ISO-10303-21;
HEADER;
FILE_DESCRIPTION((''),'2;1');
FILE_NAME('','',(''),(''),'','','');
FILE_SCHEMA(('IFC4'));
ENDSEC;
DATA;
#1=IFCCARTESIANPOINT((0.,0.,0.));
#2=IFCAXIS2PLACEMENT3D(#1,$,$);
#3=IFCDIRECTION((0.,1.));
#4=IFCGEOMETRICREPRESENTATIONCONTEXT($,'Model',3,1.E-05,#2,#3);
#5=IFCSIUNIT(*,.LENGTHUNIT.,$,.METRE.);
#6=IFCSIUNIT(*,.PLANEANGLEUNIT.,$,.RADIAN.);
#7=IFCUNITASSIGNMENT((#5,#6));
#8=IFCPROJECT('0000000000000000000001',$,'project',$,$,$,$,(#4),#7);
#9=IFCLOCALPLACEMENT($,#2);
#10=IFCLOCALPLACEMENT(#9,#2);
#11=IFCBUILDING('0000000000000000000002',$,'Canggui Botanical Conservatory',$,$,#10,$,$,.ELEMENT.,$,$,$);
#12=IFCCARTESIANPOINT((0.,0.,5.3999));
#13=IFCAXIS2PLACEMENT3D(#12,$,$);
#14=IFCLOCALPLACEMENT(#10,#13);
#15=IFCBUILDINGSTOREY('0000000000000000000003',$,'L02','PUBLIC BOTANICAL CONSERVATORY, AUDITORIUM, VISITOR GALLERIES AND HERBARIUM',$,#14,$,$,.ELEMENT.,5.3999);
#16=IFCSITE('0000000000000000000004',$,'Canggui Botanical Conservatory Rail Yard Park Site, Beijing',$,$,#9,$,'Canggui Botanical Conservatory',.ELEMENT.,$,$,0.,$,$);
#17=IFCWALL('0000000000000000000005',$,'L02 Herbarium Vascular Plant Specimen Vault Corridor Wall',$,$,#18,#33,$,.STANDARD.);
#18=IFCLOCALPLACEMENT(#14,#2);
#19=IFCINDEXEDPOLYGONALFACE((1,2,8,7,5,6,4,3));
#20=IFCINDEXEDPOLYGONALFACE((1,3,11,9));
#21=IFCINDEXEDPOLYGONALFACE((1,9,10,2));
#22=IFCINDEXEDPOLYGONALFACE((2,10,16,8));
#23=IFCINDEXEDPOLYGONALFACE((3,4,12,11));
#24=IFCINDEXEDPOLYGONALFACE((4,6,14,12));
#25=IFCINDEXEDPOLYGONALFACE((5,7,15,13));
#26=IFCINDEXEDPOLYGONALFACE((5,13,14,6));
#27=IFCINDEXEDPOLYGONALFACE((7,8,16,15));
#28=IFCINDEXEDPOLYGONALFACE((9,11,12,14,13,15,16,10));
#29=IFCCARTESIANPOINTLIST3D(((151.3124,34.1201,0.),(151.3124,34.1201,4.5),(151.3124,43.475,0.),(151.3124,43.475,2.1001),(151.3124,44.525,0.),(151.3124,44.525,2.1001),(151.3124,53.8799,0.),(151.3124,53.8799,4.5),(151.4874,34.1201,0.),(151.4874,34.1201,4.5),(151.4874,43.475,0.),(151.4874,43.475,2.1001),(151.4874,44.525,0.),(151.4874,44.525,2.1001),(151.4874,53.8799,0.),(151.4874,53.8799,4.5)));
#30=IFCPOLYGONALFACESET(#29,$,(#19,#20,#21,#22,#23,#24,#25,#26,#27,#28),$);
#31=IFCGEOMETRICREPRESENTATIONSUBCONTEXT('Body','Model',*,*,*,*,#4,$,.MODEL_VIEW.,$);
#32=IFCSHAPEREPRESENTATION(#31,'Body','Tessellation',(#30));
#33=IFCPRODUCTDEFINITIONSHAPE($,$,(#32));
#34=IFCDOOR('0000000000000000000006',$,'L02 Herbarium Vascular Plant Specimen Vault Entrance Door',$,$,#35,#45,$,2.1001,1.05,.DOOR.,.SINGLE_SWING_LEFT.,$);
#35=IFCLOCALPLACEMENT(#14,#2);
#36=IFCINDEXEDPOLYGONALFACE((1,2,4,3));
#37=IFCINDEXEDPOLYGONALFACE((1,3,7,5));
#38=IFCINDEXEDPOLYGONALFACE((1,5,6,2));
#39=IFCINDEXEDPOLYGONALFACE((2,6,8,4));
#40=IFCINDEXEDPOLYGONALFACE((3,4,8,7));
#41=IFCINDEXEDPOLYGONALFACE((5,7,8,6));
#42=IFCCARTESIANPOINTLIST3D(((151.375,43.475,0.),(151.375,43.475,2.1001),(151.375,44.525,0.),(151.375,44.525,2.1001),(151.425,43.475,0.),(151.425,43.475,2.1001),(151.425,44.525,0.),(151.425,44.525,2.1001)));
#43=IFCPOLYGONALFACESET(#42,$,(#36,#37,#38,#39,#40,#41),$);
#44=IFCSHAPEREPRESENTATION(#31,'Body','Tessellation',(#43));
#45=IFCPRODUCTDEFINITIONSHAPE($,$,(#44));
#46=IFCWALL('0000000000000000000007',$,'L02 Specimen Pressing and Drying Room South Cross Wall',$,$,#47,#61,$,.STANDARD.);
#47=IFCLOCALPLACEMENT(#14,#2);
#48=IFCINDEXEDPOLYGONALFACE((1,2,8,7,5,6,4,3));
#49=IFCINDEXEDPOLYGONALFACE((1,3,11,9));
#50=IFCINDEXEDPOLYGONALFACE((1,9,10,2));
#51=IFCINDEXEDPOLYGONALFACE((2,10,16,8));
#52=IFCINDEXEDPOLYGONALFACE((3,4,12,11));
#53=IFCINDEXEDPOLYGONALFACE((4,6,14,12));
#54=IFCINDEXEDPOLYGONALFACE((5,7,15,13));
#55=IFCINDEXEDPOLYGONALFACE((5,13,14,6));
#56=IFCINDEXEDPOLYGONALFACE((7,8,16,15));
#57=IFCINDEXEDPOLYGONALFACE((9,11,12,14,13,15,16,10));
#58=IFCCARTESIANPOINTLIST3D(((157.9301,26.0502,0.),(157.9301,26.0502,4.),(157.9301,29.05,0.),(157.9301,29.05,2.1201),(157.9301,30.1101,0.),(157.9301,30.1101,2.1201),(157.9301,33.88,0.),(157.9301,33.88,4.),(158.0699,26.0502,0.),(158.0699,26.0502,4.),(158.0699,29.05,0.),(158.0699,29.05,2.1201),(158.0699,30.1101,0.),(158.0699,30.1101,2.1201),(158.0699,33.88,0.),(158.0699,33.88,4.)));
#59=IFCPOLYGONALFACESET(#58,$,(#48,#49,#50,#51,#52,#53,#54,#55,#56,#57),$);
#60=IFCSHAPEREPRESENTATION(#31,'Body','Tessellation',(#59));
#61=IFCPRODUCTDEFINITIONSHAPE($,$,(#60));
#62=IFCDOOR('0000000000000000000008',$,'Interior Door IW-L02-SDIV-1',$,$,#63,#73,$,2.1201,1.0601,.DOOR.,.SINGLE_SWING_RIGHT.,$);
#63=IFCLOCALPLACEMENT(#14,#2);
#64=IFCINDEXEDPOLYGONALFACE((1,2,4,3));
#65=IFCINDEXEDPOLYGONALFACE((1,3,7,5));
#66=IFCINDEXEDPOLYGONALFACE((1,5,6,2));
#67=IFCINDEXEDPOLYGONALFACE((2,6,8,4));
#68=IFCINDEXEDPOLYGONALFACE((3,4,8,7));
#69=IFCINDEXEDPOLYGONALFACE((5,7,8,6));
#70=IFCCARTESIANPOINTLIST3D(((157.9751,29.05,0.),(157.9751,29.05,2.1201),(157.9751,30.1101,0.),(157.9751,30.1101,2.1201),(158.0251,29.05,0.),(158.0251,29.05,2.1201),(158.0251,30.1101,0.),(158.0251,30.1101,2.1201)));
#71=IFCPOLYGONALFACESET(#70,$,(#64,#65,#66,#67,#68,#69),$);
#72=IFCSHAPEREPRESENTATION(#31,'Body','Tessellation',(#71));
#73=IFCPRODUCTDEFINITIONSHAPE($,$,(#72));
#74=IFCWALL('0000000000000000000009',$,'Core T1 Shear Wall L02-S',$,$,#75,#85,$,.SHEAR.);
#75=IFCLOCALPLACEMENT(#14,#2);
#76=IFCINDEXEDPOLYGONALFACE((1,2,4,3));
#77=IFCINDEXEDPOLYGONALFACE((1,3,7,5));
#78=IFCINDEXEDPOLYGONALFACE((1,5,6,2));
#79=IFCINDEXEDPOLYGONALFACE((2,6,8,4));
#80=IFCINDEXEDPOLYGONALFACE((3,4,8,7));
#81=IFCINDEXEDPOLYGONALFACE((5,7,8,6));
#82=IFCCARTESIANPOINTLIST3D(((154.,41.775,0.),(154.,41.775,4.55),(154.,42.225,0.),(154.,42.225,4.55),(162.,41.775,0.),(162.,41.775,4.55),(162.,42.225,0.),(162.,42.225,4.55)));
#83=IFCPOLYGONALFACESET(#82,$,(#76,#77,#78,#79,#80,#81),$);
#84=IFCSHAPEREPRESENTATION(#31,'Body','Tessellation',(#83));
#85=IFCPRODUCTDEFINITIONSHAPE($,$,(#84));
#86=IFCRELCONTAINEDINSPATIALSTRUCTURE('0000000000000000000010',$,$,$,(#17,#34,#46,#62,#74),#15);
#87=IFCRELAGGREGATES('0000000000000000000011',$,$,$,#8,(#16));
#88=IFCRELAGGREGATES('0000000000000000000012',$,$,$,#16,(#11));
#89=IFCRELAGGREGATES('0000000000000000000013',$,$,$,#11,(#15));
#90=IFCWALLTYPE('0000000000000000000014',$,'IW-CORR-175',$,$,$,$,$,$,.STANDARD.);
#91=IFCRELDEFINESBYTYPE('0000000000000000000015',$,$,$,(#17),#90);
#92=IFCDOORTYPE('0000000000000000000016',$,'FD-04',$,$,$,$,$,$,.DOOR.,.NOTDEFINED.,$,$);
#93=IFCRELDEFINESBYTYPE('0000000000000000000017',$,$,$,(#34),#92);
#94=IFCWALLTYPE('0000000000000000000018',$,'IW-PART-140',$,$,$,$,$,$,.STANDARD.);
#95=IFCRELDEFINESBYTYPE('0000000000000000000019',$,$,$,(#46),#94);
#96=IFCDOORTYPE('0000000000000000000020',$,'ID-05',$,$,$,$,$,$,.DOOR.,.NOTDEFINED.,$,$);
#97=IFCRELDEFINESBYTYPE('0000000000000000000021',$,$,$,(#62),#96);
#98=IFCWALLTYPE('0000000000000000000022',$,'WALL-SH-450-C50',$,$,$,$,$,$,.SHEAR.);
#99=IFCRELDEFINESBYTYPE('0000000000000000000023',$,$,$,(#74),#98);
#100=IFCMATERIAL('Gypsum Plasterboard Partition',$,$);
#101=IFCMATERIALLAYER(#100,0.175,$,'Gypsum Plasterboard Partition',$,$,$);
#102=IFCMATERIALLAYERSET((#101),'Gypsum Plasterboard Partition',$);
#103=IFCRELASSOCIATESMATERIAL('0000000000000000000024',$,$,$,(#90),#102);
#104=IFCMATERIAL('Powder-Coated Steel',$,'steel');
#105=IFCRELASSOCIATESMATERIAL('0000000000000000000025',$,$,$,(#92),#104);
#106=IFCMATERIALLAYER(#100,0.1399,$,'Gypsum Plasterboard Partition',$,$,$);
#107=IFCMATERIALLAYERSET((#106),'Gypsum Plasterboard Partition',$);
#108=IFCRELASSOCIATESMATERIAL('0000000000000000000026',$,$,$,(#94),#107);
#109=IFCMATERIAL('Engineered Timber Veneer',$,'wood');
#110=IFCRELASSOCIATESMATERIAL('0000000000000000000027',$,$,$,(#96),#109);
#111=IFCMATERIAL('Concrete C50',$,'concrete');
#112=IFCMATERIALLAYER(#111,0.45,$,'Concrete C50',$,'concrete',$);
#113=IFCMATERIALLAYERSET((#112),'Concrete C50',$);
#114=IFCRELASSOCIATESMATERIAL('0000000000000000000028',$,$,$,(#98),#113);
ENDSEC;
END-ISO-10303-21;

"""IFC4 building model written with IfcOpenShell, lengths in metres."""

from ifc_helpers import new_model, si_unit, direction, frame, frame_2d, origin, place, context, subcontext, project, spatial, rectangle, extrude, material, layer, layer_set, type_object, element, fill, save


model = new_model("IFC4")

# Units and contexts
model_context = context("Model", 3, precision=1e-05, world=origin(), true_north=direction((0.0, 1.0)))
body_context = subcontext(model_context, "Body", "Model", "MODEL_VIEW")
ifc_project = project(units=[si_unit("LENGTHUNIT", "METRE"), si_unit("PLANEANGLEUNIT", "RADIAN")], contexts=[model_context])

# Site, building, storey
site_placement = place(None, origin())
site = spatial("IfcSite", under=ifc_project, at=site_placement, Name="Canggui Botanical Conservatory Rail Yard Park Site, Beijing", LongName="Canggui Botanical Conservatory", CompositionType="ELEMENT", RefElevation=0.0)
building_placement = place(site_placement, origin())
building = spatial("IfcBuilding", under=site, at=building_placement, Name="Canggui Botanical Conservatory", CompositionType="ELEMENT")
storey_placement = place(building_placement, frame((0.0, 0.0, 5.3999)))
storey = spatial("IfcBuildingStorey", under=building, at=storey_placement, Name="L02", Description="PUBLIC BOTANICAL CONSERVATORY, AUDITORIUM, VISITOR GALLERIES AND HERBARIUM", CompositionType="ELEMENT", Elevation=5.3999)

# Shared definitions
ifc_material_1 = material(Name="Concrete C50", Category="concrete")

# Walls, openings, doors
ifc_material_2 = material(Name="Gypsum Plasterboard Partition")
ifc_layer_1 = layer(ifc_material_2, 0.175, Name="Gypsum Plasterboard Partition")
ifc_layer_set_1 = layer_set([ifc_layer_1], Name="Gypsum Plasterboard Partition")
wall_type_1 = type_object("IfcWallType", Name="IW-CORR-175", PredefinedType="STANDARD", material=ifc_layer_set_1)
wall_1_placement = place(storey_placement, frame((151.3999, 34.1201, 0.0), z_axis=(0.0, 0.0, 1.0), x_axis=(0.0, 1.0, 0.0)))
wall_1 = element("IfcWall", 1, at=wall_1_placement, inside=storey, type_object=wall_type_1, Name="L02 Herbarium Vascular Plant Specimen Vault Corridor Wall", PredefinedType="STANDARD", context=body_context, shape_type="SweptSolid", body=[
    extrude(rectangle(XDim=19.7598, YDim=0.175, at=frame_2d((9.8799, 0.0))), origin(), (0.0, 0.0, 1.0), 4.5),
])
opening_1_placement = place(wall_1_placement, frame((9.355, 0.0, 0.0)))
opening_1 = element("IfcOpeningElement", 2, at=opening_1_placement, cuts=wall_1, PredefinedType="OPENING", context=body_context, shape_type="SweptSolid", body=[
    extrude(rectangle(XDim=1.05, YDim=2.1001, at=frame_2d((0.5249, 1.05))), frame((0.0, 0.0977, 0.0), z_axis=(0.0, -1.0, 0.0), x_axis=(1.0, 0.0, 0.0)), (0.0, 0.0, 1.0), 0.1951),
])
ifc_material_3 = material(Name="Powder-Coated Steel", Category="steel")
door_type_1 = type_object("IfcDoorType", Name="FD-04", OperationType="NOTDEFINED", PredefinedType="DOOR", material=ifc_material_3)
door_1_placement = place(opening_1_placement, origin())
door_1 = element("IfcDoor", 3, at=door_1_placement, inside=storey, type_object=door_type_1, Name="L02 Herbarium Vascular Plant Specimen Vault Entrance Door", OperationType="SINGLE_SWING_LEFT", OverallHeight=2.1001, OverallWidth=1.05, PredefinedType="DOOR", context=body_context, shape_type="SweptSolid", body=[
    extrude(rectangle(XDim=1.05, YDim=2.1001, at=frame_2d((0.5249, 1.05))), frame((0.0, 0.0249, 0.0), z_axis=(0.0, -1.0, 0.0), x_axis=(1.0, 0.0, 0.0)), (0.0, 0.0, 1.0), 0.05),
])
fill(opening_1, door_1)
ifc_layer_2 = layer(ifc_material_2, 0.1399, Name="Gypsum Plasterboard Partition")
ifc_layer_set_2 = layer_set([ifc_layer_2], Name="Gypsum Plasterboard Partition")
wall_type_2 = type_object("IfcWallType", Name="IW-PART-140", PredefinedType="STANDARD", material=ifc_layer_set_2)
wall_2_placement = place(storey_placement, frame((158.0, 26.05, 0.0), z_axis=(0.0, 0.0, 1.0), x_axis=(0.0, 1.0, 0.0)))
wall_2 = element("IfcWall", 4, at=wall_2_placement, inside=storey, type_object=wall_type_2, Name="L02 Specimen Pressing and Drying Room South Cross Wall", PredefinedType="STANDARD", context=body_context, shape_type="SweptSolid", body=[
    extrude(rectangle(XDim=7.8298, YDim=0.1399, at=frame_2d((3.915, 0.0))), origin(), (0.0, 0.0, 1.0), 4.0),
])
opening_2_placement = place(wall_2_placement, frame((3.0, 0.0, 0.0)))
opening_2 = element("IfcOpeningElement", 5, at=opening_2_placement, cuts=wall_2, PredefinedType="OPENING", context=body_context, shape_type="SweptSolid", body=[
    extrude(rectangle(XDim=1.0601, YDim=2.1201, at=frame_2d((0.53, 1.0601))), frame((0.0, 0.0801, 0.0), z_axis=(0.0, -1.0, 0.0), x_axis=(1.0, 0.0, 0.0)), (0.0, 0.0, 1.0), 0.1599),
])
ifc_material_4 = material(Name="Engineered Timber Veneer", Category="wood")
door_type_2 = type_object("IfcDoorType", Name="ID-05", OperationType="NOTDEFINED", PredefinedType="DOOR", material=ifc_material_4)
door_2_placement = place(opening_2_placement, origin())
door_2 = element("IfcDoor", 6, at=door_2_placement, inside=storey, type_object=door_type_2, Name="Interior Door IW-L02-SDIV-1", OperationType="SINGLE_SWING_RIGHT", OverallHeight=2.1201, OverallWidth=1.0601, PredefinedType="DOOR", context=body_context, shape_type="SweptSolid", body=[
    extrude(rectangle(XDim=1.0601, YDim=2.1201, at=frame_2d((0.53, 1.0601))), frame((0.0, 0.0249, 0.0), z_axis=(0.0, -1.0, 0.0), x_axis=(1.0, 0.0, 0.0)), (0.0, 0.0, 1.0), 0.05),
])
fill(opening_2, door_2)

# Wall
ifc_layer_3 = layer(ifc_material_1, 0.45, Name="Concrete C50", Category="concrete")
ifc_layer_set_3 = layer_set([ifc_layer_3], Name="Concrete C50")
wall_type_3 = type_object("IfcWallType", Name="WALL-SH-450-C50", PredefinedType="SHEAR", material=ifc_layer_set_3)
wall_3_placement = place(storey_placement, frame((154.0, 42.0, 0.0), z_axis=(0.0, 0.0, 1.0), x_axis=(1.0, 0.0, 0.0)))
element("IfcWall", 7, at=wall_3_placement, inside=storey, type_object=wall_type_3, Name="Core T1 Shear Wall L02-S", PredefinedType="SHEAR", context=body_context, shape_type="SweptSolid", body=[
    extrude(rectangle(XDim=8.0, YDim=0.45, at=frame_2d((4.0, 0.0))), origin(), (0.0, 0.0, 1.0), 4.55),
])

save(model, "model.ifc")
